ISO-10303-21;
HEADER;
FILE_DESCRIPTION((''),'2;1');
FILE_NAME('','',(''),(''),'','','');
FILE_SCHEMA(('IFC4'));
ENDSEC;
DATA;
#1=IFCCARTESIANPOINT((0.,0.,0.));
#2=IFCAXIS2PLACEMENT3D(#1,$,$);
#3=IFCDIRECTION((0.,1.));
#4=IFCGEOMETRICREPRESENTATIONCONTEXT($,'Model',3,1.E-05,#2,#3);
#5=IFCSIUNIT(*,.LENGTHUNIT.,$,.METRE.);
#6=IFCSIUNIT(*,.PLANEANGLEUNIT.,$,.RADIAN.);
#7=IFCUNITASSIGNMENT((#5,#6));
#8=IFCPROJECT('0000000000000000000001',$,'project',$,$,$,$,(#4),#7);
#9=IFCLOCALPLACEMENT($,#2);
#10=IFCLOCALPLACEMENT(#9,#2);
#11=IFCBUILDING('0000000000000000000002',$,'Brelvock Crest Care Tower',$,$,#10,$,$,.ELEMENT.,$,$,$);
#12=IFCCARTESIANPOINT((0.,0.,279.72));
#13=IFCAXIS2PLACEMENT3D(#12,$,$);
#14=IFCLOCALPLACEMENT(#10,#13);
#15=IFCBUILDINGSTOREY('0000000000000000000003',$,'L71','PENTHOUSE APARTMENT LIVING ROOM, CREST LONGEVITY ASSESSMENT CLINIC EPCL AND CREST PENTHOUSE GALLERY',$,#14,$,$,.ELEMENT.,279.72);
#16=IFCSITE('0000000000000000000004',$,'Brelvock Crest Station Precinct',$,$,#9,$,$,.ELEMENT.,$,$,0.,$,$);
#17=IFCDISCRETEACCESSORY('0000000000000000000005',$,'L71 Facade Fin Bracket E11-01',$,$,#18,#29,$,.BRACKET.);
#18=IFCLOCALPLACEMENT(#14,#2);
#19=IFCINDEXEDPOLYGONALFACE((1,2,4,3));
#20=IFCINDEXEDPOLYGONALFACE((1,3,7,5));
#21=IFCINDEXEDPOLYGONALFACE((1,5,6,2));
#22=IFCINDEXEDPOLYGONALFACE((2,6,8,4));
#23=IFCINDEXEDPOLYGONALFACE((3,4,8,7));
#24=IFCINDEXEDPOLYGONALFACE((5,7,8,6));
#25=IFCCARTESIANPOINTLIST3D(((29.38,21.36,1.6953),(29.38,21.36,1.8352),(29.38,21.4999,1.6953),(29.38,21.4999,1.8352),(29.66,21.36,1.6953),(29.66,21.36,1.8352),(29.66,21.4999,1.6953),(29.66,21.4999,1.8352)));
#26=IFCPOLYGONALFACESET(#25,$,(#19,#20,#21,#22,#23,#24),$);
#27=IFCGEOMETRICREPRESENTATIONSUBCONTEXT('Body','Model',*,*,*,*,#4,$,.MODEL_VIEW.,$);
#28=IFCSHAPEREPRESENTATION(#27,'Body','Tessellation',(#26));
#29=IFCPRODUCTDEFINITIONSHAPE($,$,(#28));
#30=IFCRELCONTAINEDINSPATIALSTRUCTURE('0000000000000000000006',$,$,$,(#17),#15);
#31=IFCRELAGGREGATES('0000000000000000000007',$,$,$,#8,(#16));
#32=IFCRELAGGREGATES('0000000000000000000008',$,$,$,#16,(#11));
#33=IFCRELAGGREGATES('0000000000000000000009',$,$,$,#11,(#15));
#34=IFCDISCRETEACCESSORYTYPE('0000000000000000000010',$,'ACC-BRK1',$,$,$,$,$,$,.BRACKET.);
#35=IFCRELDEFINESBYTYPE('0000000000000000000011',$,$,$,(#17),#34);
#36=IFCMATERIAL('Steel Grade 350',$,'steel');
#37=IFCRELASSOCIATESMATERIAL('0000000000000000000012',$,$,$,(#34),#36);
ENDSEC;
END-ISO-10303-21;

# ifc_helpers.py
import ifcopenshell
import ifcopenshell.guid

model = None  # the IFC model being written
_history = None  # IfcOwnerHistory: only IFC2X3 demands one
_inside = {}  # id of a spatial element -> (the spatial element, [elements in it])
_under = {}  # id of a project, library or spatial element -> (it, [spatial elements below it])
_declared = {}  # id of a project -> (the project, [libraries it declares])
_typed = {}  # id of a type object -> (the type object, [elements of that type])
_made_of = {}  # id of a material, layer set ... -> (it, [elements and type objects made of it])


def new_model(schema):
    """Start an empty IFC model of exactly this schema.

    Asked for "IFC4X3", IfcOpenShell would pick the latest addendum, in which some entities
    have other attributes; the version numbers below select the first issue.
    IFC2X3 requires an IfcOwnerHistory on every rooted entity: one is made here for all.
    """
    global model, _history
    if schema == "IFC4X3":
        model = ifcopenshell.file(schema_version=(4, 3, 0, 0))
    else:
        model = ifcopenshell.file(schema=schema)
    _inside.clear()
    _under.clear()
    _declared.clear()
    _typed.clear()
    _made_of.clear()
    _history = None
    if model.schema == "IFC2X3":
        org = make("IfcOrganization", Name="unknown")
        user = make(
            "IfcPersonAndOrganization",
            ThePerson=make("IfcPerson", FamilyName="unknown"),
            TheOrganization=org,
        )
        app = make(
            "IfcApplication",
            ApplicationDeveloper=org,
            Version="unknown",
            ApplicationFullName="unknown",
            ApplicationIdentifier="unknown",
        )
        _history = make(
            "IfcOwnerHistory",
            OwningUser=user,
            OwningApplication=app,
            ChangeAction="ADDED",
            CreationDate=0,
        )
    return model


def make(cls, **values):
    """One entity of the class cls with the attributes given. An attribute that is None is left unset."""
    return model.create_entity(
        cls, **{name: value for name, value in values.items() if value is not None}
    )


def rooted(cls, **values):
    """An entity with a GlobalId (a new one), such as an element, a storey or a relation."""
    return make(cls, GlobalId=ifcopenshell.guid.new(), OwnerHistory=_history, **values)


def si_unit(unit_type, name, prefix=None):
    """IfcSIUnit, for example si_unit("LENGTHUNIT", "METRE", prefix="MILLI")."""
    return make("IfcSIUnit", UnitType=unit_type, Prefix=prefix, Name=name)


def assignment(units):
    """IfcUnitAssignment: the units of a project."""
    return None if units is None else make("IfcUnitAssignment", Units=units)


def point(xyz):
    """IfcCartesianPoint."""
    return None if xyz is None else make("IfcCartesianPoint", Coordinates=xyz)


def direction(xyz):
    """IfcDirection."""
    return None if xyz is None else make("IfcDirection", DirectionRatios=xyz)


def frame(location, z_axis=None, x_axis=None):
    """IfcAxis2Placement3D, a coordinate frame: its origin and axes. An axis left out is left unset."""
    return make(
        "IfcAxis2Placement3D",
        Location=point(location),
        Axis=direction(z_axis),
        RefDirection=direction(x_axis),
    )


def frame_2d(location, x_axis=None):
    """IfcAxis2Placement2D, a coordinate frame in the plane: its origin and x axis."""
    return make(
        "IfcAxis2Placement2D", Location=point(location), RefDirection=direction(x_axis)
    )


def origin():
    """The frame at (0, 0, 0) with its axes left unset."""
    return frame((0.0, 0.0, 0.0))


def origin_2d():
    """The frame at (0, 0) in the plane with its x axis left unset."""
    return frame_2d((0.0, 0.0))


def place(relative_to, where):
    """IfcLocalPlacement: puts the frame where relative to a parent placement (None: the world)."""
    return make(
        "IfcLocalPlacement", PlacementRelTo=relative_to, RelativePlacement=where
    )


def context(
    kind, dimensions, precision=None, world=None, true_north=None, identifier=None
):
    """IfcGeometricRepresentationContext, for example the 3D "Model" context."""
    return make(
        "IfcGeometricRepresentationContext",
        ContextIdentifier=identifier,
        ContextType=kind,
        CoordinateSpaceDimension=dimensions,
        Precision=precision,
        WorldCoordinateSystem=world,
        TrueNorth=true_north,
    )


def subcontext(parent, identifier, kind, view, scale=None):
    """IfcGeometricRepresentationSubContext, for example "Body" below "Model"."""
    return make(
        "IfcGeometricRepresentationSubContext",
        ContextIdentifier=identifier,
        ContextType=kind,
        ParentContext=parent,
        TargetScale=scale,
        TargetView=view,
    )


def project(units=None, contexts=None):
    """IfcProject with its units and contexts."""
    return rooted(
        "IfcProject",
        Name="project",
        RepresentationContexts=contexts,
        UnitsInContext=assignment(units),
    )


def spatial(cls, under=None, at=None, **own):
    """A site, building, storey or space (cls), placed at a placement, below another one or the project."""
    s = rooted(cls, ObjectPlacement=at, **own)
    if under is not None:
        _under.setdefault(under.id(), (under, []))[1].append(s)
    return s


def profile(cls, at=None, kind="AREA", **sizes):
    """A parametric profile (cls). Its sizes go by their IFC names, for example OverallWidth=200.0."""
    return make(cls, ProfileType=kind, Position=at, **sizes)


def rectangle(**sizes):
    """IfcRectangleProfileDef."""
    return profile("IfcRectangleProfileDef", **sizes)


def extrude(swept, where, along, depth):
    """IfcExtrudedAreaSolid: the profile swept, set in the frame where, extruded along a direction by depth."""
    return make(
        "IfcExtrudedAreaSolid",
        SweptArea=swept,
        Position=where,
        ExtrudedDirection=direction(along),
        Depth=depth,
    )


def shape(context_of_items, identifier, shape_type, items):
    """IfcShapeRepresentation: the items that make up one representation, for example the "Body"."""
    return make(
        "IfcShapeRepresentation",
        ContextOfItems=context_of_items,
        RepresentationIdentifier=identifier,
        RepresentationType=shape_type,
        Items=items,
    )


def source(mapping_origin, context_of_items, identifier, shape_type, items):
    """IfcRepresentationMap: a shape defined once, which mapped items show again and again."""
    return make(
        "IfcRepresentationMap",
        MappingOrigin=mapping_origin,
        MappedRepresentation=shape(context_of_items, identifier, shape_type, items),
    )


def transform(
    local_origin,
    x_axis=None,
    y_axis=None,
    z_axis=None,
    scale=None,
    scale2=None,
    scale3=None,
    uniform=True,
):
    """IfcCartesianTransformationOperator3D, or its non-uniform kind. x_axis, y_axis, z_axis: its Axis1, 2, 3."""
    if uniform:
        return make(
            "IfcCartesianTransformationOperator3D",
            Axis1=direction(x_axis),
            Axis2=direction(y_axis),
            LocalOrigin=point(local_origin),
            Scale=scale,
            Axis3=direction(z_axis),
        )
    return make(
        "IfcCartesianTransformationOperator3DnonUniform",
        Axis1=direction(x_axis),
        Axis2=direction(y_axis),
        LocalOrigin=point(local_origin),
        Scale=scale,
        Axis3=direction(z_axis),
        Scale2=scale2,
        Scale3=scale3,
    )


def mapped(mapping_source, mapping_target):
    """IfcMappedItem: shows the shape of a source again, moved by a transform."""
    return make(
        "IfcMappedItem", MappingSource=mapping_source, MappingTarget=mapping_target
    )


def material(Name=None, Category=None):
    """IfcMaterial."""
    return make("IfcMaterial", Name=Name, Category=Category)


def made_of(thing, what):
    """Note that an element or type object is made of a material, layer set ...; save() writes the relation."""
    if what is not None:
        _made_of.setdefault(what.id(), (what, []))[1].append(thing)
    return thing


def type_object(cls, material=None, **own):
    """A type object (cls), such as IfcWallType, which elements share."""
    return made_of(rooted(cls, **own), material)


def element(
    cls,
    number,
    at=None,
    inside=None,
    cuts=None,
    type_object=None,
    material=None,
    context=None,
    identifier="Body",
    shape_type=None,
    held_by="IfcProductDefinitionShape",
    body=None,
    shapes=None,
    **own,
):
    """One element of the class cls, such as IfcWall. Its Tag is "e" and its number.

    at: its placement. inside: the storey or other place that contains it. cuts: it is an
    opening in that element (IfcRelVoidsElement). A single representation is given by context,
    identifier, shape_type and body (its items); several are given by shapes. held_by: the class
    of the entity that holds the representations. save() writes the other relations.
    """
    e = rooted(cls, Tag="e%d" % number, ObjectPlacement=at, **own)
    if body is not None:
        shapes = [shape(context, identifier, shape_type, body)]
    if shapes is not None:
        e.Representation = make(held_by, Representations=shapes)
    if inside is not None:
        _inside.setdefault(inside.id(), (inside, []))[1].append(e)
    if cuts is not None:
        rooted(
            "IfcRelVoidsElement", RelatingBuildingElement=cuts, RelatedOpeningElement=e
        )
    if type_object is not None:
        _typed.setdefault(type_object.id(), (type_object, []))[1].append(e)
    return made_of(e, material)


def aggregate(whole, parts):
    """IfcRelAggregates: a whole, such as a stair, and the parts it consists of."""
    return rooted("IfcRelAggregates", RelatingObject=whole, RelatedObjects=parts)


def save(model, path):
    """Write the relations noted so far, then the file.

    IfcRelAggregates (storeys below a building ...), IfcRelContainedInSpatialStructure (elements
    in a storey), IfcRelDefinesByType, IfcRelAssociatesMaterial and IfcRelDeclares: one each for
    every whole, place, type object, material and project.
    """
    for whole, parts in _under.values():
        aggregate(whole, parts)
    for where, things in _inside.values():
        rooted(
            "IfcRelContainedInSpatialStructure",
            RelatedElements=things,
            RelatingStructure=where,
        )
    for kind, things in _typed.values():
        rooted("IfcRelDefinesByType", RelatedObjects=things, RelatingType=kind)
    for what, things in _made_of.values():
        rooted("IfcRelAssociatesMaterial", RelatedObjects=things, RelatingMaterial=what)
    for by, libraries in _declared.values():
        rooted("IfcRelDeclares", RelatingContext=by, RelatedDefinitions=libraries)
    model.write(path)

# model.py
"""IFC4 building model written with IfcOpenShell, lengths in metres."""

from ifc_helpers import new_model, si_unit, direction, frame, origin, origin_2d, place, context, subcontext, project, spatial, rectangle, extrude, source, transform, mapped, material, type_object, element, save


model = new_model("IFC4")

# Units and contexts
model_context = context("Model", 3, precision=1e-05, world=origin(), true_north=direction((0.0, 1.0)))
body_context = subcontext(model_context, "Body", "Model", "MODEL_VIEW")
ifc_project = project(units=[si_unit("LENGTHUNIT", "METRE"), si_unit("PLANEANGLEUNIT", "RADIAN")], contexts=[model_context])

# Site, building, storey
site_placement = place(None, origin())
site = spatial("IfcSite", under=ifc_project, at=site_placement, Name="Brelvock Crest Station Precinct", CompositionType="ELEMENT", RefElevation=0.0)
building_placement = place(site_placement, origin())
building = spatial("IfcBuilding", under=site, at=building_placement, Name="Brelvock Crest Care Tower", CompositionType="ELEMENT")
storey_placement = place(building_placement, frame((0.0, 0.0, 279.72)))
storey = spatial("IfcBuildingStorey", under=building, at=storey_placement, Name="L71", Description="PENTHOUSE APARTMENT LIVING ROOM, CREST LONGEVITY ASSESSMENT CLINIC EPCL AND CREST PENTHOUSE GALLERY", CompositionType="ELEMENT", Elevation=279.72)

# Shared definitions
ifc_material_1 = material(Name="Steel Grade 350", Category="steel")

# Discrete accessory
discrete_accessory_type = type_object("IfcDiscreteAccessoryType", Name="ACC-BRK1", PredefinedType="BRACKET", material=ifc_material_1)
shared_shape_1 = source(origin(), body_context, "Body", "SweptSolid", [
    extrude(rectangle(XDim=0.28, YDim=0.1399, at=origin_2d()), origin(), (0.0, 0.0, 1.0), 0.1399),
])
discrete_accessory_placement = place(storey_placement, frame((29.52, 21.4299, 1.6953), z_axis=(0.0, 0.0, 1.0), x_axis=(-1.0, 0.0, 0.0)))
element("IfcDiscreteAccessory", 1, at=discrete_accessory_placement, inside=storey, type_object=discrete_accessory_type, Name="L71 Facade Fin Bracket E11-01", PredefinedType="BRACKET", context=body_context, shape_type="MappedRepresentation", body=[
    mapped(shared_shape_1, transform((0.0, 0.0, 0.0), x_axis=(1.0, 0.0, 0.0), y_axis=(0.0, 1.0, 0.0), z_axis=(0.0, 0.0, 1.0), scale=1.0)),
])

save(model, "model.ifc")
